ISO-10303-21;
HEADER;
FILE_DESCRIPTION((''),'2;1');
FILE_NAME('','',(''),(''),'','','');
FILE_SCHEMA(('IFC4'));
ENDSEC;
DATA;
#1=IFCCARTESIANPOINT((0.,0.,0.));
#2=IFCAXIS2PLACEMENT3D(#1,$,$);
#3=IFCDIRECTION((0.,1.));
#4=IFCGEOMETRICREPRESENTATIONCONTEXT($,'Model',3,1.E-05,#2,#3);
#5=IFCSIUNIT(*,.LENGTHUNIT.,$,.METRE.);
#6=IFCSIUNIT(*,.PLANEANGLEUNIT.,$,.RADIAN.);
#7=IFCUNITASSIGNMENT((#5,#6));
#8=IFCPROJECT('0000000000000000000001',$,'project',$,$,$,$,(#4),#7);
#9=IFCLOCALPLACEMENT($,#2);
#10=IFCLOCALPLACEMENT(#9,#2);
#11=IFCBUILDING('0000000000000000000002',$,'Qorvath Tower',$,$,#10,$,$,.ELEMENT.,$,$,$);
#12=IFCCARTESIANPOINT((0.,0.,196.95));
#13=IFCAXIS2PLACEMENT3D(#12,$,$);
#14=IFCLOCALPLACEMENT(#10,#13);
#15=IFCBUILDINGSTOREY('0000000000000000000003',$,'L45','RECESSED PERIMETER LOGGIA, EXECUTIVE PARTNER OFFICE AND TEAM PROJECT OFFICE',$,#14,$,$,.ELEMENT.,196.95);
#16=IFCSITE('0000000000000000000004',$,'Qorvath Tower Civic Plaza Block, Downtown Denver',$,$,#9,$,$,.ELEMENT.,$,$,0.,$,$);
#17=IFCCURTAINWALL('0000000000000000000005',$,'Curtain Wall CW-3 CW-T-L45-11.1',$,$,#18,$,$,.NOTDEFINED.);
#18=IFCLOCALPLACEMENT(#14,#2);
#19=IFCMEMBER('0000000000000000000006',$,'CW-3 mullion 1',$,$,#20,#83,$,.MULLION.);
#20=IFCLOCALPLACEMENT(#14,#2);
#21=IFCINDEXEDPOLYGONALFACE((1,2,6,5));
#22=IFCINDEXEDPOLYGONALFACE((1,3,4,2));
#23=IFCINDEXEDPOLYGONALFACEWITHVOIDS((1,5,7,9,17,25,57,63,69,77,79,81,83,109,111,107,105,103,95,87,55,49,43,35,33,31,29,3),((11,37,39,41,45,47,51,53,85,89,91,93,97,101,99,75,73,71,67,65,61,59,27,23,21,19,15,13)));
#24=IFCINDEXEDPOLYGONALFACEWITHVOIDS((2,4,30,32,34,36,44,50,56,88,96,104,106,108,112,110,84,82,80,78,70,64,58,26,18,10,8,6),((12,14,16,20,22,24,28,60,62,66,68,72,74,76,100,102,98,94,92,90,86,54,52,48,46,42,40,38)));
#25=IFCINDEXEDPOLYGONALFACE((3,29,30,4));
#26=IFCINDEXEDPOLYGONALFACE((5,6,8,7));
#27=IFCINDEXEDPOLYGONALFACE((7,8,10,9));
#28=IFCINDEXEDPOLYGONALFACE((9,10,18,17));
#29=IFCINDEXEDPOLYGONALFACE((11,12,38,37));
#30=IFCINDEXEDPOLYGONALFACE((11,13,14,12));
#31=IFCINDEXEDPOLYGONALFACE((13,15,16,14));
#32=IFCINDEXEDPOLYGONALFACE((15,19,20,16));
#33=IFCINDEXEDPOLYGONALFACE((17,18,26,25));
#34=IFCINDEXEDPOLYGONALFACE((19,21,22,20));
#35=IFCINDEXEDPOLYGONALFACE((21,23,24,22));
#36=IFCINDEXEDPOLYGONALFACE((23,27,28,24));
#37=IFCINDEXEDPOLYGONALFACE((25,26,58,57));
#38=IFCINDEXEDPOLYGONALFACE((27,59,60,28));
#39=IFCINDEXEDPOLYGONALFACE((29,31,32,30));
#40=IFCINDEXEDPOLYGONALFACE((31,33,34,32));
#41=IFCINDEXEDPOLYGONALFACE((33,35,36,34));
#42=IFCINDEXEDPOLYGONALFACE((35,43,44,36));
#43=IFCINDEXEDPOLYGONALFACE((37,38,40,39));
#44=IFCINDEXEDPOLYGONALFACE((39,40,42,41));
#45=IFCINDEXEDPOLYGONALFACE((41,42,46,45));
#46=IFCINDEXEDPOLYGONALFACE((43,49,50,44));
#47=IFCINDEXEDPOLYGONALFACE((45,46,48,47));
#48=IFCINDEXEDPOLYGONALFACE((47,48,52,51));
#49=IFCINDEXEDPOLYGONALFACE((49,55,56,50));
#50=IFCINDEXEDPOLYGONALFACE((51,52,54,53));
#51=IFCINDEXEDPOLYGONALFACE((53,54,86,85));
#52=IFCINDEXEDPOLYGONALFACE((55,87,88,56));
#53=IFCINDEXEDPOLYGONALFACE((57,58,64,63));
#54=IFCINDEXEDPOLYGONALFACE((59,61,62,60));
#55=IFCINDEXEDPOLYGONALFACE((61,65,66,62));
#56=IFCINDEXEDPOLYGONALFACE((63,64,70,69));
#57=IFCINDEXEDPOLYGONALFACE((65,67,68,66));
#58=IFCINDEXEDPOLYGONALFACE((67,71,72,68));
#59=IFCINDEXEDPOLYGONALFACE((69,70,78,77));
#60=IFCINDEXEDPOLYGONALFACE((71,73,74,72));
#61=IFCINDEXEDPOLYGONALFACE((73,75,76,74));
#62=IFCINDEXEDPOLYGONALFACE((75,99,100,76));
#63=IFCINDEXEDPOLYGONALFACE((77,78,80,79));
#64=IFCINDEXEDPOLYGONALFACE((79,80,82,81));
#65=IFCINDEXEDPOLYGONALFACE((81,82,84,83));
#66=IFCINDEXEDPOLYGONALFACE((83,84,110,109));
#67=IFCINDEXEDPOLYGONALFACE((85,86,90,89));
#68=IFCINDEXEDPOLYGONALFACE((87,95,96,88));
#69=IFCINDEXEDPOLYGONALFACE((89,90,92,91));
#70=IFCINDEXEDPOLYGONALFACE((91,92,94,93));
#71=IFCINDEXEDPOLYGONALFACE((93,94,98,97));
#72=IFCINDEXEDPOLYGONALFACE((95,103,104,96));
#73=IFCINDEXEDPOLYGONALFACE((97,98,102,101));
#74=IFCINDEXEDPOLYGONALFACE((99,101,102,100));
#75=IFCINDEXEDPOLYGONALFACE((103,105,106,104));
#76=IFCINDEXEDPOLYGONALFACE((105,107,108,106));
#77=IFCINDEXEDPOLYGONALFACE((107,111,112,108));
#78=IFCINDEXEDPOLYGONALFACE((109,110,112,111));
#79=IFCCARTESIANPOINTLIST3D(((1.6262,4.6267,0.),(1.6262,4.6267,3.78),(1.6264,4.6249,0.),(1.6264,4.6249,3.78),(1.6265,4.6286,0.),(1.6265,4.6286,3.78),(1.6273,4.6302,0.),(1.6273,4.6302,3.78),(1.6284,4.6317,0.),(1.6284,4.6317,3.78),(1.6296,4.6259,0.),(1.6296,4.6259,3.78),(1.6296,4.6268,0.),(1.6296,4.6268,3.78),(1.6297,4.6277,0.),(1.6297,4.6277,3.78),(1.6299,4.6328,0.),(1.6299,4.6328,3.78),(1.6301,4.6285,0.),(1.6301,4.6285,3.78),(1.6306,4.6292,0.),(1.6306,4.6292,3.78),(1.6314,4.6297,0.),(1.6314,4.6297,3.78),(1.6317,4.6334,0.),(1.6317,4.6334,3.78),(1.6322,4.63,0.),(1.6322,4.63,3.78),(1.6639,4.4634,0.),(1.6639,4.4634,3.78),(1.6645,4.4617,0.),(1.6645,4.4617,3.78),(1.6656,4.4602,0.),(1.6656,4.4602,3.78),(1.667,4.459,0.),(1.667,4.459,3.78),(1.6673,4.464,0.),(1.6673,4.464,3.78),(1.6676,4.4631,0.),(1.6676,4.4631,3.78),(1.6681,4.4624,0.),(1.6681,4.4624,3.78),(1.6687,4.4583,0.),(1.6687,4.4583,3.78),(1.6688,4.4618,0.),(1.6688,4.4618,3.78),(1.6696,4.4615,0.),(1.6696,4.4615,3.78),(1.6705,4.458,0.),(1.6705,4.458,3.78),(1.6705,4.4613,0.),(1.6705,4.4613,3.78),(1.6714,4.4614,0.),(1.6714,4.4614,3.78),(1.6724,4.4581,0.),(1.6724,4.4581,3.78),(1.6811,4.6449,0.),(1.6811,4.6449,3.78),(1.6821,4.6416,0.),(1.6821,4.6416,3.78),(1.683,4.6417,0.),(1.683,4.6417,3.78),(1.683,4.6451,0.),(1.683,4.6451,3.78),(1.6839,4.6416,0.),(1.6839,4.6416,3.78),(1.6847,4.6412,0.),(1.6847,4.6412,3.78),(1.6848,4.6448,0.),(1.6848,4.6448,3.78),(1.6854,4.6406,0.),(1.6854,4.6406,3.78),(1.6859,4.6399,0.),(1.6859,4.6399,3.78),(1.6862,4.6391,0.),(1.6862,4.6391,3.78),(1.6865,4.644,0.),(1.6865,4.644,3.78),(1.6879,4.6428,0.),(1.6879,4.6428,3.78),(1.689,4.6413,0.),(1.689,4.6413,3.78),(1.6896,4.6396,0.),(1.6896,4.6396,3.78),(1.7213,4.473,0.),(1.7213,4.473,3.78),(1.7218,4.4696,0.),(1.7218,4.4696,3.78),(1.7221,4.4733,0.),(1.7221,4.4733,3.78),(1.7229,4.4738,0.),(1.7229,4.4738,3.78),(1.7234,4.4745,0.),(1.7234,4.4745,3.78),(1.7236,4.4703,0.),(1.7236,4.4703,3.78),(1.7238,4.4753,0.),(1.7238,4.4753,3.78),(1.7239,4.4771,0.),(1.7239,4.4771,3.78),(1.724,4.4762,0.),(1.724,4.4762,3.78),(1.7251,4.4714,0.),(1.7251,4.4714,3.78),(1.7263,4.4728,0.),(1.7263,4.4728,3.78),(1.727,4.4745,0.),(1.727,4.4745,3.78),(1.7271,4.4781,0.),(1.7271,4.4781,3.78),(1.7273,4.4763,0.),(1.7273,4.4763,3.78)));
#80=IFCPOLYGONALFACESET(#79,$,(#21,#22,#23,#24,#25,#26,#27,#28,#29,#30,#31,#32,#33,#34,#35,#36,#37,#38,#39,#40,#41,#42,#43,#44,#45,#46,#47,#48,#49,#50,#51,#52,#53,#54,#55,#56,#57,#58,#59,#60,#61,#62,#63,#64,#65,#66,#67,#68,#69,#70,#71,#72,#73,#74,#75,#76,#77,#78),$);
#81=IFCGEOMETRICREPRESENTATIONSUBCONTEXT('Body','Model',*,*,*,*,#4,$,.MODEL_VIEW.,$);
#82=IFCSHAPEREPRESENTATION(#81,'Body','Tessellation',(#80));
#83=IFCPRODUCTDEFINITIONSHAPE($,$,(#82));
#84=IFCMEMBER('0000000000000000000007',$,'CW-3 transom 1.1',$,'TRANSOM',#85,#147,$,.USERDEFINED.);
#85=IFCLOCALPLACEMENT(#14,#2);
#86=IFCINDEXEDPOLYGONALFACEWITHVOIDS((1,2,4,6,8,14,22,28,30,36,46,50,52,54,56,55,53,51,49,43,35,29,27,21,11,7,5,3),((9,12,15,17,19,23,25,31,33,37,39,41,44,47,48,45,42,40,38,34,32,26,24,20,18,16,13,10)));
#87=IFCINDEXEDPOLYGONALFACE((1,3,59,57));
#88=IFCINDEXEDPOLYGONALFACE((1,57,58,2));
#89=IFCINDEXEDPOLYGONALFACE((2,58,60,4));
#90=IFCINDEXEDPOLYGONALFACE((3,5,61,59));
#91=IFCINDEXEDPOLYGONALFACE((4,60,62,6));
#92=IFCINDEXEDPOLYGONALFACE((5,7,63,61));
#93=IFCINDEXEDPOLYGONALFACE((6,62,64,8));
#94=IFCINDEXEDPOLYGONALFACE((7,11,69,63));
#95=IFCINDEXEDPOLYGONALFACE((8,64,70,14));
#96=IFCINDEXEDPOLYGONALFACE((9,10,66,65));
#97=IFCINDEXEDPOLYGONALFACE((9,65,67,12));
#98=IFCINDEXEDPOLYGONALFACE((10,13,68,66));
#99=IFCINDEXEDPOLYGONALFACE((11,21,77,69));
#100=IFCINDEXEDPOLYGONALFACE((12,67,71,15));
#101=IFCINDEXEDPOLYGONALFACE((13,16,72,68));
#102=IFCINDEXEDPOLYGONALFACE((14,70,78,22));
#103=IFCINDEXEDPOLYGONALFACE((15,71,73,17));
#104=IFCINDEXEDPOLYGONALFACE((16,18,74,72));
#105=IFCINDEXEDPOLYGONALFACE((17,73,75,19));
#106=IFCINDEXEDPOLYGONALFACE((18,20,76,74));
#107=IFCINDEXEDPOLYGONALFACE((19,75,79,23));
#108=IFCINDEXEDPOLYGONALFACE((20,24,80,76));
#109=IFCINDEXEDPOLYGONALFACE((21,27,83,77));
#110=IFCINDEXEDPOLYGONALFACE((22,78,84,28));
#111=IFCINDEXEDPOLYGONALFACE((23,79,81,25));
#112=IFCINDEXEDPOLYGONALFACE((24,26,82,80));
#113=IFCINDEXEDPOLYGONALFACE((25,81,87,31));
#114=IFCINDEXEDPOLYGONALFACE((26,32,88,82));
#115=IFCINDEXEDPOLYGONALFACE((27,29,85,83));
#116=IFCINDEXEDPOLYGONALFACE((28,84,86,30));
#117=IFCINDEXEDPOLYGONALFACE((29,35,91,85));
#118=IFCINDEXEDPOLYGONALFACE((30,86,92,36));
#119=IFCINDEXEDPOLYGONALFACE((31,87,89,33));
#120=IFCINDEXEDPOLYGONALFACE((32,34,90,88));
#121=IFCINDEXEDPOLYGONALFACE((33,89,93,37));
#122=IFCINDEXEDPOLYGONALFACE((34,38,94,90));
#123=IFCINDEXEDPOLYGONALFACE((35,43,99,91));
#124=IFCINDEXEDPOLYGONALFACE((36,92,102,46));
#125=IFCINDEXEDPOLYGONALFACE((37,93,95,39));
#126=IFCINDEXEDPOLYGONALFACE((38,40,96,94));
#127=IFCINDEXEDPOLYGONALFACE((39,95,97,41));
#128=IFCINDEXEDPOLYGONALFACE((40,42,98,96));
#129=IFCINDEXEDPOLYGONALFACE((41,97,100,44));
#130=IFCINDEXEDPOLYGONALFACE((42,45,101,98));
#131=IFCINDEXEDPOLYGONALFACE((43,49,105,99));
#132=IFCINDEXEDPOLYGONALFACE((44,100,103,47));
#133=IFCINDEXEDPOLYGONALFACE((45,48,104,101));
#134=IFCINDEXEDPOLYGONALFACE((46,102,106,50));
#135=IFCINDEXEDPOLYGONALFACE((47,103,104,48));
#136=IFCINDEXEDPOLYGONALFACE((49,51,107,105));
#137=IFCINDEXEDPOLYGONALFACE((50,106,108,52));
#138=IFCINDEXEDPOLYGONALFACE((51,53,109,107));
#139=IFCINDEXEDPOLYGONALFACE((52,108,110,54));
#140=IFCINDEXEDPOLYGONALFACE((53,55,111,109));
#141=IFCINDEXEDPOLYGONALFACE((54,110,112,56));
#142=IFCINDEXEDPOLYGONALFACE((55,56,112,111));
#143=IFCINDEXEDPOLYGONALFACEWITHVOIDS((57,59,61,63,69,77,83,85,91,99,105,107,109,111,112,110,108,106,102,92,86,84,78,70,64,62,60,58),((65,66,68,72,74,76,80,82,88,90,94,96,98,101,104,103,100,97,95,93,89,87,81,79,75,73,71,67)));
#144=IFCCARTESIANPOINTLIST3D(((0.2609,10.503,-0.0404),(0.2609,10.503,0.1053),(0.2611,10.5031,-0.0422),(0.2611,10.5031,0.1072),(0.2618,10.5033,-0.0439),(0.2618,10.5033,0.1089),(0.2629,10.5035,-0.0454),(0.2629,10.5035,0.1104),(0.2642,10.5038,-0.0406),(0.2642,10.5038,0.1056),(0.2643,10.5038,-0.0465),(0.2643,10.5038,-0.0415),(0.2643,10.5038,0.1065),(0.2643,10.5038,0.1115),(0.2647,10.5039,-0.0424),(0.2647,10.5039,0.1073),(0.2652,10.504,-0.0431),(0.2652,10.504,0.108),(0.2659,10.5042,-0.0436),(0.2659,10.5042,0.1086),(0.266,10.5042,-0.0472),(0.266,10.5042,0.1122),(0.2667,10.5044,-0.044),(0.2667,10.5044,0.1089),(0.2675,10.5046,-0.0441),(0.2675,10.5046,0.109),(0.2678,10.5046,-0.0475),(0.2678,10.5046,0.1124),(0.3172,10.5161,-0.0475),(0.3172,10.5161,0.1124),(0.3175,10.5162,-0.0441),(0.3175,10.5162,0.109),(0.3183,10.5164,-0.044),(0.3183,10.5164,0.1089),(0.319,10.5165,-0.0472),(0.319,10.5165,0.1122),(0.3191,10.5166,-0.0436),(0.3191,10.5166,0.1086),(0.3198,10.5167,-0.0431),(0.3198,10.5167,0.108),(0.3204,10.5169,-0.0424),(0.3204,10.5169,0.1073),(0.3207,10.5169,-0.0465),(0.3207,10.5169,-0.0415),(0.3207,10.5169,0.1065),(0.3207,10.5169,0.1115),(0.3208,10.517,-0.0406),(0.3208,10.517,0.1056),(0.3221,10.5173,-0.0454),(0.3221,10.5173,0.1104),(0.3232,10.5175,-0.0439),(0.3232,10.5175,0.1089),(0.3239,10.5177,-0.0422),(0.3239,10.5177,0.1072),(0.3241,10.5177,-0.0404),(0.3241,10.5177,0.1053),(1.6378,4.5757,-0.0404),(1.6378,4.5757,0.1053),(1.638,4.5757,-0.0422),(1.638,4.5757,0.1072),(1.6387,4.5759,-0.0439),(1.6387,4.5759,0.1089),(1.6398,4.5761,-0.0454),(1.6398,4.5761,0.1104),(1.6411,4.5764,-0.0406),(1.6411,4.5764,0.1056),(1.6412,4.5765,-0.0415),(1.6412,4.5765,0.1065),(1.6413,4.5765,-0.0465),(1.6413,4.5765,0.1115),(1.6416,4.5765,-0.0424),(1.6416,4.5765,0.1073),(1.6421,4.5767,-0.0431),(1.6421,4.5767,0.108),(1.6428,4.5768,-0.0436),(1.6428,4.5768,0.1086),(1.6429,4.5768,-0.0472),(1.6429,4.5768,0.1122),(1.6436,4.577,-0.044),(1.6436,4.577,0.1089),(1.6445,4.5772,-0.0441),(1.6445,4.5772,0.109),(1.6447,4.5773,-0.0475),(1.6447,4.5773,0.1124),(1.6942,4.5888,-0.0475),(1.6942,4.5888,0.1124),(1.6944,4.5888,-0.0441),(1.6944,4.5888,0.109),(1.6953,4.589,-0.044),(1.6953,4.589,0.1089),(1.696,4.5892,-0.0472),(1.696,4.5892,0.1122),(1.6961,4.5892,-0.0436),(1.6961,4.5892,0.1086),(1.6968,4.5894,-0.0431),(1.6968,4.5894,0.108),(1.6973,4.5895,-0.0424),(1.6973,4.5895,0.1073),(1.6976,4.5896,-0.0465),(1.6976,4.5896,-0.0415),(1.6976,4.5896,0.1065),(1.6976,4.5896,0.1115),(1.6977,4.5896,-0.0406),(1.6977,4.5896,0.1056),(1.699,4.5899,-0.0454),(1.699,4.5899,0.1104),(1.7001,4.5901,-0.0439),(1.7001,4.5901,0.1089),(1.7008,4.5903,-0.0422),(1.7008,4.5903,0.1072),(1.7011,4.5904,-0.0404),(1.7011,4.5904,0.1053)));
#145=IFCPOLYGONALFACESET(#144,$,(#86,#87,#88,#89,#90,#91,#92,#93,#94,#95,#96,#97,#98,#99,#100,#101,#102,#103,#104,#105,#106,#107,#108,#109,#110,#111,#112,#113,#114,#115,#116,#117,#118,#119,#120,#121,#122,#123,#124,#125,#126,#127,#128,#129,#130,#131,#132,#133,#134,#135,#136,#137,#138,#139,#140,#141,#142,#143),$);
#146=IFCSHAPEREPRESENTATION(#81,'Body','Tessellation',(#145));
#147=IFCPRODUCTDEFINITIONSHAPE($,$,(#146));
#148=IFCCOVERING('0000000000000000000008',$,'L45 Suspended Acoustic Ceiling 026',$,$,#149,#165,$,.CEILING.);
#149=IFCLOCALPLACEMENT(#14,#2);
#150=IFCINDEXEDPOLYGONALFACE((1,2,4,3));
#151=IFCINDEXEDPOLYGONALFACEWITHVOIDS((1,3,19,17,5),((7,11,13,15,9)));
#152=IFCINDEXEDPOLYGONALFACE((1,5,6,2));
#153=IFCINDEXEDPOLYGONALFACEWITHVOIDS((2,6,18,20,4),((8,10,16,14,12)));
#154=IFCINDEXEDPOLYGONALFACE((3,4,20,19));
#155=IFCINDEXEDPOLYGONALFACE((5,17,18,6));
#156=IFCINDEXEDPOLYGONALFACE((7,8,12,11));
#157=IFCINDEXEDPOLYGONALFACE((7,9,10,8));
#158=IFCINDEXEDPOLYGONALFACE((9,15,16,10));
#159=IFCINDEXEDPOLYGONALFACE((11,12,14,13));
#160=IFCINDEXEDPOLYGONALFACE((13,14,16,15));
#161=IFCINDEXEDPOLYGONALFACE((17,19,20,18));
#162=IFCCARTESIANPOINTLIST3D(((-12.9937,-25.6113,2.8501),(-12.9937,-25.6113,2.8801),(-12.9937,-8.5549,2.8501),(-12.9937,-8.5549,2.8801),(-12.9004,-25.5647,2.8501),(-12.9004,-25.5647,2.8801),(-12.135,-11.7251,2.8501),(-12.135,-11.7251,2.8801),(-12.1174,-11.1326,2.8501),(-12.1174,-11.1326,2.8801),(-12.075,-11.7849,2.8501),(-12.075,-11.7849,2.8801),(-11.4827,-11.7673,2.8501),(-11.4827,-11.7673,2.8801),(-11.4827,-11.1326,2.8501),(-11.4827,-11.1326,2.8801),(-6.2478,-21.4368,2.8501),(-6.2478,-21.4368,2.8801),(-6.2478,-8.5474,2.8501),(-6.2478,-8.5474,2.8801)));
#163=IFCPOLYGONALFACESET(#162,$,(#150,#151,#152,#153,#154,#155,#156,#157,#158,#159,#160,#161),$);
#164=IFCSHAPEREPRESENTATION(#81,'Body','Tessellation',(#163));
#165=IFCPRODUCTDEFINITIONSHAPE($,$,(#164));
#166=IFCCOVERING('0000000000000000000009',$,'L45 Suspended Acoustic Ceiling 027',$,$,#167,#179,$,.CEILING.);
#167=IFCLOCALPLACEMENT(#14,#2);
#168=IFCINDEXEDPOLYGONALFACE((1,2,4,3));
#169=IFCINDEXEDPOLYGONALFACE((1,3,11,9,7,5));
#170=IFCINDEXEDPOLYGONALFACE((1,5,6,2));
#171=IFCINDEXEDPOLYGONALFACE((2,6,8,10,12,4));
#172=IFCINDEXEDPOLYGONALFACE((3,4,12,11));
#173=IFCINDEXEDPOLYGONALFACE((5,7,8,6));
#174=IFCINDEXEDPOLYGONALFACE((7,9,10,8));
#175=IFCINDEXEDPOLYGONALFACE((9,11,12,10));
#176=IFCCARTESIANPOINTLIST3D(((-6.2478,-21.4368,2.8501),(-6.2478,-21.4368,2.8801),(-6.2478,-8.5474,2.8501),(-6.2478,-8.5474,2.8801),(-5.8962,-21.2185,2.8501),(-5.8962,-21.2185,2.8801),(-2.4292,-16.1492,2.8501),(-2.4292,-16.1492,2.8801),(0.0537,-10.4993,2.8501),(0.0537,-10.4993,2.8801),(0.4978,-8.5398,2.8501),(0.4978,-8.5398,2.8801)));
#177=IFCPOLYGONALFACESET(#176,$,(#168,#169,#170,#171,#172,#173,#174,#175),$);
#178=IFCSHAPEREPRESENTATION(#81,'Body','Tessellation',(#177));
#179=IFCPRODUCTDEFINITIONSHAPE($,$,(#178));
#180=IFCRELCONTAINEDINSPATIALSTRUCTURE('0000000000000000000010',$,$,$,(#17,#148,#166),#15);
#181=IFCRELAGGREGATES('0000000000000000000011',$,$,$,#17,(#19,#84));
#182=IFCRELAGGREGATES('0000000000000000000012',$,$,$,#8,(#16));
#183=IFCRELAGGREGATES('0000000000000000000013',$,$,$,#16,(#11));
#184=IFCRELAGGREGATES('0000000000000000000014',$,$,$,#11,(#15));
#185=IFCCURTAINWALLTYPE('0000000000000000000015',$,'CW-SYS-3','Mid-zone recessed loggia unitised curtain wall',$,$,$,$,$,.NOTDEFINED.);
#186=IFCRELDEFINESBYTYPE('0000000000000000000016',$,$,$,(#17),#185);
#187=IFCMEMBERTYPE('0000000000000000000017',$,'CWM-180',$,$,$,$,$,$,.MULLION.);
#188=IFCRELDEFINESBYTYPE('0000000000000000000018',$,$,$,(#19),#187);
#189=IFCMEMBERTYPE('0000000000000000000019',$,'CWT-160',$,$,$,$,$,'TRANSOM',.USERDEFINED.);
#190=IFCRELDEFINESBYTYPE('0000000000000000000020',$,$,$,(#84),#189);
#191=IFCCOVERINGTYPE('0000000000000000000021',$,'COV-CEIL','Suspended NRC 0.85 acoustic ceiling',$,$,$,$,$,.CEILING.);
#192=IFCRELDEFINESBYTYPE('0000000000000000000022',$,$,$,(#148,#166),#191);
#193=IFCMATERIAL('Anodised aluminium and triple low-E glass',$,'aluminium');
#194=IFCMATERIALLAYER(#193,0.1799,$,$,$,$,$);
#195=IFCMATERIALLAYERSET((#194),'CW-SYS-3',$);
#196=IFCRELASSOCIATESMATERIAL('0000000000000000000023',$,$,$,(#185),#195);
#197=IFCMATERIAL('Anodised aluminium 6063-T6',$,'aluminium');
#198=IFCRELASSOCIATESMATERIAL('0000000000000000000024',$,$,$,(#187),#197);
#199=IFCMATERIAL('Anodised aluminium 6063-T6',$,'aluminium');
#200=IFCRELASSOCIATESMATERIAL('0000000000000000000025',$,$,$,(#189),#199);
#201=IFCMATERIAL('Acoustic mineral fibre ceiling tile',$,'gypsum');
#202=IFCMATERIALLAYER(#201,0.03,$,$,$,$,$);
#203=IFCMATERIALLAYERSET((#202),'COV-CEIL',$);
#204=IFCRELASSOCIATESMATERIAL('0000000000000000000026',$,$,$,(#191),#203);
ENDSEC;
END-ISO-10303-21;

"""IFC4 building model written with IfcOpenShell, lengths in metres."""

from ifc_helpers import new_model, si_unit, direction, frame, origin, origin_2d, place, context, subcontext, project, spatial, polyline, hollow_rectangle, outline, extrude, material, layer, layer_set, material_profile, profile_set, type_object, element, aggregate, save


model = new_model("IFC4")

# Units and contexts
model_context = context("Model", 3, precision=1e-05, world=origin(), true_north=direction((0.0, 1.0)))
body_context = subcontext(model_context, "Body", "Model", "MODEL_VIEW")
ifc_project = project(units=[si_unit("LENGTHUNIT", "METRE"), si_unit("PLANEANGLEUNIT", "RADIAN")], contexts=[model_context])

# Site, building, storey
site_placement = place(None, origin())
site = spatial("IfcSite", under=ifc_project, at=site_placement, Name="Qorvath Tower Civic Plaza Block, Downtown Denver", CompositionType="ELEMENT", RefElevation=0.0)
building_placement = place(site_placement, origin())
building = spatial("IfcBuilding", under=site, at=building_placement, Name="Qorvath Tower", CompositionType="ELEMENT")
storey_placement = place(building_placement, frame((0.0, 0.0, 196.95)))
storey = spatial("IfcBuildingStorey", under=building, at=storey_placement, Name="L45", Description="RECESSED PERIMETER LOGGIA, EXECUTIVE PARTNER OFFICE AND TEAM PROJECT OFFICE", CompositionType="ELEMENT", Elevation=196.95)

# Curtain wall, members
ifc_material_1 = material(Name="Anodised aluminium and triple low-E glass", Category="aluminium")
ifc_layer_1 = layer(ifc_material_1, 0.1799)
ifc_layer_set_1 = layer_set([ifc_layer_1], Name="CW-SYS-3")
curtain_wall_type = type_object("IfcCurtainWallType", Name="CW-SYS-3", Description="Mid-zone recessed loggia unitised curtain wall", PredefinedType="NOTDEFINED", material=ifc_layer_set_1)
curtain_wall_placement = place(storey_placement, origin())
curtain_wall = element("IfcCurtainWall", 1, at=curtain_wall_placement, inside=storey, type_object=curtain_wall_type, Name="Curtain Wall CW-3 CW-T-L45-11.1", PredefinedType="NOTDEFINED")
ifc_material_2 = material(Name="Anodised aluminium 6063-T6", Category="aluminium")
ifc_material_profile_1 = material_profile(ifc_material_2, hollow_rectangle(XDim=0.0649, YDim=0.1799, WallThickness=0.0034, InnerFilletRadius=0.0034, OuterFilletRadius=0.0071, at=origin_2d()), Name="CWM 180x65")
ifc_profile_set_1 = profile_set([ifc_material_profile_1], Name="Anodised aluminium 6063-T6")
member_type_1 = type_object("IfcMemberType", Name="CWM-180", PredefinedType="MULLION", material=ifc_profile_set_1)
member_1_placement = place(storey_placement, frame((1.6768, 4.5515, 0.0), z_axis=(0.0, 0.0, 1.0), x_axis=(-0.974064, -0.226272, 0.0)))
member_1 = element("IfcMember", 2, at=member_1_placement, type_object=member_type_1, Name="CW-3 mullion 1", PredefinedType="MULLION", context=body_context, shape_type="SweptSolid", body=[
    extrude(hollow_rectangle(XDim=0.0649, YDim=0.1799, WallThickness=0.0034, InnerFilletRadius=0.0034, OuterFilletRadius=0.0071, at=origin_2d()), origin(), (0.0, 0.0, 1.0), 3.78),
])
ifc_material_3 = material(Name="Anodised aluminium 6063-T6", Category="aluminium")
ifc_material_profile_2 = material_profile(ifc_material_3, hollow_rectangle(XDim=0.0649, YDim=0.1599, WallThickness=0.0034, InnerFilletRadius=0.0034, OuterFilletRadius=0.0071, at=origin_2d()), Name="CWT 160x65")
ifc_profile_set_2 = profile_set([ifc_material_profile_2], Name="Anodised aluminium 6063-T6")
member_type_2 = type_object("IfcMemberType", Name="CWT-160", ElementType="TRANSOM", PredefinedType="USERDEFINED", material=ifc_profile_set_2)
member_2_placement = place(storey_placement, frame((1.6694, 4.583, 0.0325), z_axis=(-0.226274, 0.974064, 0.0), x_axis=(-0.974064, -0.226274, 0.0)))
member_2 = element("IfcMember", 3, at=member_2_placement, type_object=member_type_2, Name="CW-3 transom 1.1", ObjectType="TRANSOM", PredefinedType="USERDEFINED", context=body_context, shape_type="SweptSolid", body=[
    extrude(hollow_rectangle(XDim=0.0649, YDim=0.1599, WallThickness=0.0034, InnerFilletRadius=0.0034, OuterFilletRadius=0.0071, at=origin_2d()), origin(), (0.0, 0.0, 1.0), 6.0852),
])
aggregate(curtain_wall, [member_1, member_2])

# Coverings
ifc_material_4 = material(Name="Acoustic mineral fibre ceiling tile", Category="gypsum")
ifc_layer_2 = layer(ifc_material_4, 0.03)
ifc_layer_set_2 = layer_set([ifc_layer_2], Name="COV-CEIL")
covering_type_1 = type_object("IfcCoveringType", Name="COV-CEIL", Description="Suspended NRC 0.85 acoustic ceiling", PredefinedType="CEILING", material=ifc_layer_set_2)
covering_1_placement = place(storey_placement, frame((0.0, 0.0, 2.8501)))
element("IfcCovering", 4, at=covering_1_placement, inside=storey, type_object=covering_type_1, Name="L45 Suspended Acoustic Ceiling 026", PredefinedType="CEILING", context=body_context, shape_type="SweptSolid", body=[
    extrude(outline(polyline([(-12.9937, -8.5549), (-12.9937, -25.6113), (-12.9004, -25.5647), (-6.2478, -21.4368), (-6.2478, -8.5474), (-12.9937, -8.5549)]), holes=[polyline([(-12.135, -11.7251), (-12.1174, -11.1326), (-11.4827, -11.1326), (-11.4827, -11.7673), (-12.075, -11.7849), (-12.135, -11.7251)])]), origin(), (0.0, 0.0, 1.0), 0.03),
])
covering_2_placement = place(storey_placement, frame((0.0, 0.0, 2.8501)))
element("IfcCovering", 5, at=covering_2_placement, inside=storey, type_object=covering_type_1, Name="L45 Suspended Acoustic Ceiling 027", PredefinedType="CEILING", context=body_context, shape_type="SweptSolid", body=[
    extrude(outline(polyline([(-6.2478, -8.5474), (-6.2478, -21.4368), (-5.8962, -21.2185), (-2.4292, -16.1492), (0.0537, -10.4993), (0.4978, -8.5398), (-6.2478, -8.5474)])), origin(), (0.0, 0.0, 1.0), 0.03),
])

save(model, "model.ifc")
